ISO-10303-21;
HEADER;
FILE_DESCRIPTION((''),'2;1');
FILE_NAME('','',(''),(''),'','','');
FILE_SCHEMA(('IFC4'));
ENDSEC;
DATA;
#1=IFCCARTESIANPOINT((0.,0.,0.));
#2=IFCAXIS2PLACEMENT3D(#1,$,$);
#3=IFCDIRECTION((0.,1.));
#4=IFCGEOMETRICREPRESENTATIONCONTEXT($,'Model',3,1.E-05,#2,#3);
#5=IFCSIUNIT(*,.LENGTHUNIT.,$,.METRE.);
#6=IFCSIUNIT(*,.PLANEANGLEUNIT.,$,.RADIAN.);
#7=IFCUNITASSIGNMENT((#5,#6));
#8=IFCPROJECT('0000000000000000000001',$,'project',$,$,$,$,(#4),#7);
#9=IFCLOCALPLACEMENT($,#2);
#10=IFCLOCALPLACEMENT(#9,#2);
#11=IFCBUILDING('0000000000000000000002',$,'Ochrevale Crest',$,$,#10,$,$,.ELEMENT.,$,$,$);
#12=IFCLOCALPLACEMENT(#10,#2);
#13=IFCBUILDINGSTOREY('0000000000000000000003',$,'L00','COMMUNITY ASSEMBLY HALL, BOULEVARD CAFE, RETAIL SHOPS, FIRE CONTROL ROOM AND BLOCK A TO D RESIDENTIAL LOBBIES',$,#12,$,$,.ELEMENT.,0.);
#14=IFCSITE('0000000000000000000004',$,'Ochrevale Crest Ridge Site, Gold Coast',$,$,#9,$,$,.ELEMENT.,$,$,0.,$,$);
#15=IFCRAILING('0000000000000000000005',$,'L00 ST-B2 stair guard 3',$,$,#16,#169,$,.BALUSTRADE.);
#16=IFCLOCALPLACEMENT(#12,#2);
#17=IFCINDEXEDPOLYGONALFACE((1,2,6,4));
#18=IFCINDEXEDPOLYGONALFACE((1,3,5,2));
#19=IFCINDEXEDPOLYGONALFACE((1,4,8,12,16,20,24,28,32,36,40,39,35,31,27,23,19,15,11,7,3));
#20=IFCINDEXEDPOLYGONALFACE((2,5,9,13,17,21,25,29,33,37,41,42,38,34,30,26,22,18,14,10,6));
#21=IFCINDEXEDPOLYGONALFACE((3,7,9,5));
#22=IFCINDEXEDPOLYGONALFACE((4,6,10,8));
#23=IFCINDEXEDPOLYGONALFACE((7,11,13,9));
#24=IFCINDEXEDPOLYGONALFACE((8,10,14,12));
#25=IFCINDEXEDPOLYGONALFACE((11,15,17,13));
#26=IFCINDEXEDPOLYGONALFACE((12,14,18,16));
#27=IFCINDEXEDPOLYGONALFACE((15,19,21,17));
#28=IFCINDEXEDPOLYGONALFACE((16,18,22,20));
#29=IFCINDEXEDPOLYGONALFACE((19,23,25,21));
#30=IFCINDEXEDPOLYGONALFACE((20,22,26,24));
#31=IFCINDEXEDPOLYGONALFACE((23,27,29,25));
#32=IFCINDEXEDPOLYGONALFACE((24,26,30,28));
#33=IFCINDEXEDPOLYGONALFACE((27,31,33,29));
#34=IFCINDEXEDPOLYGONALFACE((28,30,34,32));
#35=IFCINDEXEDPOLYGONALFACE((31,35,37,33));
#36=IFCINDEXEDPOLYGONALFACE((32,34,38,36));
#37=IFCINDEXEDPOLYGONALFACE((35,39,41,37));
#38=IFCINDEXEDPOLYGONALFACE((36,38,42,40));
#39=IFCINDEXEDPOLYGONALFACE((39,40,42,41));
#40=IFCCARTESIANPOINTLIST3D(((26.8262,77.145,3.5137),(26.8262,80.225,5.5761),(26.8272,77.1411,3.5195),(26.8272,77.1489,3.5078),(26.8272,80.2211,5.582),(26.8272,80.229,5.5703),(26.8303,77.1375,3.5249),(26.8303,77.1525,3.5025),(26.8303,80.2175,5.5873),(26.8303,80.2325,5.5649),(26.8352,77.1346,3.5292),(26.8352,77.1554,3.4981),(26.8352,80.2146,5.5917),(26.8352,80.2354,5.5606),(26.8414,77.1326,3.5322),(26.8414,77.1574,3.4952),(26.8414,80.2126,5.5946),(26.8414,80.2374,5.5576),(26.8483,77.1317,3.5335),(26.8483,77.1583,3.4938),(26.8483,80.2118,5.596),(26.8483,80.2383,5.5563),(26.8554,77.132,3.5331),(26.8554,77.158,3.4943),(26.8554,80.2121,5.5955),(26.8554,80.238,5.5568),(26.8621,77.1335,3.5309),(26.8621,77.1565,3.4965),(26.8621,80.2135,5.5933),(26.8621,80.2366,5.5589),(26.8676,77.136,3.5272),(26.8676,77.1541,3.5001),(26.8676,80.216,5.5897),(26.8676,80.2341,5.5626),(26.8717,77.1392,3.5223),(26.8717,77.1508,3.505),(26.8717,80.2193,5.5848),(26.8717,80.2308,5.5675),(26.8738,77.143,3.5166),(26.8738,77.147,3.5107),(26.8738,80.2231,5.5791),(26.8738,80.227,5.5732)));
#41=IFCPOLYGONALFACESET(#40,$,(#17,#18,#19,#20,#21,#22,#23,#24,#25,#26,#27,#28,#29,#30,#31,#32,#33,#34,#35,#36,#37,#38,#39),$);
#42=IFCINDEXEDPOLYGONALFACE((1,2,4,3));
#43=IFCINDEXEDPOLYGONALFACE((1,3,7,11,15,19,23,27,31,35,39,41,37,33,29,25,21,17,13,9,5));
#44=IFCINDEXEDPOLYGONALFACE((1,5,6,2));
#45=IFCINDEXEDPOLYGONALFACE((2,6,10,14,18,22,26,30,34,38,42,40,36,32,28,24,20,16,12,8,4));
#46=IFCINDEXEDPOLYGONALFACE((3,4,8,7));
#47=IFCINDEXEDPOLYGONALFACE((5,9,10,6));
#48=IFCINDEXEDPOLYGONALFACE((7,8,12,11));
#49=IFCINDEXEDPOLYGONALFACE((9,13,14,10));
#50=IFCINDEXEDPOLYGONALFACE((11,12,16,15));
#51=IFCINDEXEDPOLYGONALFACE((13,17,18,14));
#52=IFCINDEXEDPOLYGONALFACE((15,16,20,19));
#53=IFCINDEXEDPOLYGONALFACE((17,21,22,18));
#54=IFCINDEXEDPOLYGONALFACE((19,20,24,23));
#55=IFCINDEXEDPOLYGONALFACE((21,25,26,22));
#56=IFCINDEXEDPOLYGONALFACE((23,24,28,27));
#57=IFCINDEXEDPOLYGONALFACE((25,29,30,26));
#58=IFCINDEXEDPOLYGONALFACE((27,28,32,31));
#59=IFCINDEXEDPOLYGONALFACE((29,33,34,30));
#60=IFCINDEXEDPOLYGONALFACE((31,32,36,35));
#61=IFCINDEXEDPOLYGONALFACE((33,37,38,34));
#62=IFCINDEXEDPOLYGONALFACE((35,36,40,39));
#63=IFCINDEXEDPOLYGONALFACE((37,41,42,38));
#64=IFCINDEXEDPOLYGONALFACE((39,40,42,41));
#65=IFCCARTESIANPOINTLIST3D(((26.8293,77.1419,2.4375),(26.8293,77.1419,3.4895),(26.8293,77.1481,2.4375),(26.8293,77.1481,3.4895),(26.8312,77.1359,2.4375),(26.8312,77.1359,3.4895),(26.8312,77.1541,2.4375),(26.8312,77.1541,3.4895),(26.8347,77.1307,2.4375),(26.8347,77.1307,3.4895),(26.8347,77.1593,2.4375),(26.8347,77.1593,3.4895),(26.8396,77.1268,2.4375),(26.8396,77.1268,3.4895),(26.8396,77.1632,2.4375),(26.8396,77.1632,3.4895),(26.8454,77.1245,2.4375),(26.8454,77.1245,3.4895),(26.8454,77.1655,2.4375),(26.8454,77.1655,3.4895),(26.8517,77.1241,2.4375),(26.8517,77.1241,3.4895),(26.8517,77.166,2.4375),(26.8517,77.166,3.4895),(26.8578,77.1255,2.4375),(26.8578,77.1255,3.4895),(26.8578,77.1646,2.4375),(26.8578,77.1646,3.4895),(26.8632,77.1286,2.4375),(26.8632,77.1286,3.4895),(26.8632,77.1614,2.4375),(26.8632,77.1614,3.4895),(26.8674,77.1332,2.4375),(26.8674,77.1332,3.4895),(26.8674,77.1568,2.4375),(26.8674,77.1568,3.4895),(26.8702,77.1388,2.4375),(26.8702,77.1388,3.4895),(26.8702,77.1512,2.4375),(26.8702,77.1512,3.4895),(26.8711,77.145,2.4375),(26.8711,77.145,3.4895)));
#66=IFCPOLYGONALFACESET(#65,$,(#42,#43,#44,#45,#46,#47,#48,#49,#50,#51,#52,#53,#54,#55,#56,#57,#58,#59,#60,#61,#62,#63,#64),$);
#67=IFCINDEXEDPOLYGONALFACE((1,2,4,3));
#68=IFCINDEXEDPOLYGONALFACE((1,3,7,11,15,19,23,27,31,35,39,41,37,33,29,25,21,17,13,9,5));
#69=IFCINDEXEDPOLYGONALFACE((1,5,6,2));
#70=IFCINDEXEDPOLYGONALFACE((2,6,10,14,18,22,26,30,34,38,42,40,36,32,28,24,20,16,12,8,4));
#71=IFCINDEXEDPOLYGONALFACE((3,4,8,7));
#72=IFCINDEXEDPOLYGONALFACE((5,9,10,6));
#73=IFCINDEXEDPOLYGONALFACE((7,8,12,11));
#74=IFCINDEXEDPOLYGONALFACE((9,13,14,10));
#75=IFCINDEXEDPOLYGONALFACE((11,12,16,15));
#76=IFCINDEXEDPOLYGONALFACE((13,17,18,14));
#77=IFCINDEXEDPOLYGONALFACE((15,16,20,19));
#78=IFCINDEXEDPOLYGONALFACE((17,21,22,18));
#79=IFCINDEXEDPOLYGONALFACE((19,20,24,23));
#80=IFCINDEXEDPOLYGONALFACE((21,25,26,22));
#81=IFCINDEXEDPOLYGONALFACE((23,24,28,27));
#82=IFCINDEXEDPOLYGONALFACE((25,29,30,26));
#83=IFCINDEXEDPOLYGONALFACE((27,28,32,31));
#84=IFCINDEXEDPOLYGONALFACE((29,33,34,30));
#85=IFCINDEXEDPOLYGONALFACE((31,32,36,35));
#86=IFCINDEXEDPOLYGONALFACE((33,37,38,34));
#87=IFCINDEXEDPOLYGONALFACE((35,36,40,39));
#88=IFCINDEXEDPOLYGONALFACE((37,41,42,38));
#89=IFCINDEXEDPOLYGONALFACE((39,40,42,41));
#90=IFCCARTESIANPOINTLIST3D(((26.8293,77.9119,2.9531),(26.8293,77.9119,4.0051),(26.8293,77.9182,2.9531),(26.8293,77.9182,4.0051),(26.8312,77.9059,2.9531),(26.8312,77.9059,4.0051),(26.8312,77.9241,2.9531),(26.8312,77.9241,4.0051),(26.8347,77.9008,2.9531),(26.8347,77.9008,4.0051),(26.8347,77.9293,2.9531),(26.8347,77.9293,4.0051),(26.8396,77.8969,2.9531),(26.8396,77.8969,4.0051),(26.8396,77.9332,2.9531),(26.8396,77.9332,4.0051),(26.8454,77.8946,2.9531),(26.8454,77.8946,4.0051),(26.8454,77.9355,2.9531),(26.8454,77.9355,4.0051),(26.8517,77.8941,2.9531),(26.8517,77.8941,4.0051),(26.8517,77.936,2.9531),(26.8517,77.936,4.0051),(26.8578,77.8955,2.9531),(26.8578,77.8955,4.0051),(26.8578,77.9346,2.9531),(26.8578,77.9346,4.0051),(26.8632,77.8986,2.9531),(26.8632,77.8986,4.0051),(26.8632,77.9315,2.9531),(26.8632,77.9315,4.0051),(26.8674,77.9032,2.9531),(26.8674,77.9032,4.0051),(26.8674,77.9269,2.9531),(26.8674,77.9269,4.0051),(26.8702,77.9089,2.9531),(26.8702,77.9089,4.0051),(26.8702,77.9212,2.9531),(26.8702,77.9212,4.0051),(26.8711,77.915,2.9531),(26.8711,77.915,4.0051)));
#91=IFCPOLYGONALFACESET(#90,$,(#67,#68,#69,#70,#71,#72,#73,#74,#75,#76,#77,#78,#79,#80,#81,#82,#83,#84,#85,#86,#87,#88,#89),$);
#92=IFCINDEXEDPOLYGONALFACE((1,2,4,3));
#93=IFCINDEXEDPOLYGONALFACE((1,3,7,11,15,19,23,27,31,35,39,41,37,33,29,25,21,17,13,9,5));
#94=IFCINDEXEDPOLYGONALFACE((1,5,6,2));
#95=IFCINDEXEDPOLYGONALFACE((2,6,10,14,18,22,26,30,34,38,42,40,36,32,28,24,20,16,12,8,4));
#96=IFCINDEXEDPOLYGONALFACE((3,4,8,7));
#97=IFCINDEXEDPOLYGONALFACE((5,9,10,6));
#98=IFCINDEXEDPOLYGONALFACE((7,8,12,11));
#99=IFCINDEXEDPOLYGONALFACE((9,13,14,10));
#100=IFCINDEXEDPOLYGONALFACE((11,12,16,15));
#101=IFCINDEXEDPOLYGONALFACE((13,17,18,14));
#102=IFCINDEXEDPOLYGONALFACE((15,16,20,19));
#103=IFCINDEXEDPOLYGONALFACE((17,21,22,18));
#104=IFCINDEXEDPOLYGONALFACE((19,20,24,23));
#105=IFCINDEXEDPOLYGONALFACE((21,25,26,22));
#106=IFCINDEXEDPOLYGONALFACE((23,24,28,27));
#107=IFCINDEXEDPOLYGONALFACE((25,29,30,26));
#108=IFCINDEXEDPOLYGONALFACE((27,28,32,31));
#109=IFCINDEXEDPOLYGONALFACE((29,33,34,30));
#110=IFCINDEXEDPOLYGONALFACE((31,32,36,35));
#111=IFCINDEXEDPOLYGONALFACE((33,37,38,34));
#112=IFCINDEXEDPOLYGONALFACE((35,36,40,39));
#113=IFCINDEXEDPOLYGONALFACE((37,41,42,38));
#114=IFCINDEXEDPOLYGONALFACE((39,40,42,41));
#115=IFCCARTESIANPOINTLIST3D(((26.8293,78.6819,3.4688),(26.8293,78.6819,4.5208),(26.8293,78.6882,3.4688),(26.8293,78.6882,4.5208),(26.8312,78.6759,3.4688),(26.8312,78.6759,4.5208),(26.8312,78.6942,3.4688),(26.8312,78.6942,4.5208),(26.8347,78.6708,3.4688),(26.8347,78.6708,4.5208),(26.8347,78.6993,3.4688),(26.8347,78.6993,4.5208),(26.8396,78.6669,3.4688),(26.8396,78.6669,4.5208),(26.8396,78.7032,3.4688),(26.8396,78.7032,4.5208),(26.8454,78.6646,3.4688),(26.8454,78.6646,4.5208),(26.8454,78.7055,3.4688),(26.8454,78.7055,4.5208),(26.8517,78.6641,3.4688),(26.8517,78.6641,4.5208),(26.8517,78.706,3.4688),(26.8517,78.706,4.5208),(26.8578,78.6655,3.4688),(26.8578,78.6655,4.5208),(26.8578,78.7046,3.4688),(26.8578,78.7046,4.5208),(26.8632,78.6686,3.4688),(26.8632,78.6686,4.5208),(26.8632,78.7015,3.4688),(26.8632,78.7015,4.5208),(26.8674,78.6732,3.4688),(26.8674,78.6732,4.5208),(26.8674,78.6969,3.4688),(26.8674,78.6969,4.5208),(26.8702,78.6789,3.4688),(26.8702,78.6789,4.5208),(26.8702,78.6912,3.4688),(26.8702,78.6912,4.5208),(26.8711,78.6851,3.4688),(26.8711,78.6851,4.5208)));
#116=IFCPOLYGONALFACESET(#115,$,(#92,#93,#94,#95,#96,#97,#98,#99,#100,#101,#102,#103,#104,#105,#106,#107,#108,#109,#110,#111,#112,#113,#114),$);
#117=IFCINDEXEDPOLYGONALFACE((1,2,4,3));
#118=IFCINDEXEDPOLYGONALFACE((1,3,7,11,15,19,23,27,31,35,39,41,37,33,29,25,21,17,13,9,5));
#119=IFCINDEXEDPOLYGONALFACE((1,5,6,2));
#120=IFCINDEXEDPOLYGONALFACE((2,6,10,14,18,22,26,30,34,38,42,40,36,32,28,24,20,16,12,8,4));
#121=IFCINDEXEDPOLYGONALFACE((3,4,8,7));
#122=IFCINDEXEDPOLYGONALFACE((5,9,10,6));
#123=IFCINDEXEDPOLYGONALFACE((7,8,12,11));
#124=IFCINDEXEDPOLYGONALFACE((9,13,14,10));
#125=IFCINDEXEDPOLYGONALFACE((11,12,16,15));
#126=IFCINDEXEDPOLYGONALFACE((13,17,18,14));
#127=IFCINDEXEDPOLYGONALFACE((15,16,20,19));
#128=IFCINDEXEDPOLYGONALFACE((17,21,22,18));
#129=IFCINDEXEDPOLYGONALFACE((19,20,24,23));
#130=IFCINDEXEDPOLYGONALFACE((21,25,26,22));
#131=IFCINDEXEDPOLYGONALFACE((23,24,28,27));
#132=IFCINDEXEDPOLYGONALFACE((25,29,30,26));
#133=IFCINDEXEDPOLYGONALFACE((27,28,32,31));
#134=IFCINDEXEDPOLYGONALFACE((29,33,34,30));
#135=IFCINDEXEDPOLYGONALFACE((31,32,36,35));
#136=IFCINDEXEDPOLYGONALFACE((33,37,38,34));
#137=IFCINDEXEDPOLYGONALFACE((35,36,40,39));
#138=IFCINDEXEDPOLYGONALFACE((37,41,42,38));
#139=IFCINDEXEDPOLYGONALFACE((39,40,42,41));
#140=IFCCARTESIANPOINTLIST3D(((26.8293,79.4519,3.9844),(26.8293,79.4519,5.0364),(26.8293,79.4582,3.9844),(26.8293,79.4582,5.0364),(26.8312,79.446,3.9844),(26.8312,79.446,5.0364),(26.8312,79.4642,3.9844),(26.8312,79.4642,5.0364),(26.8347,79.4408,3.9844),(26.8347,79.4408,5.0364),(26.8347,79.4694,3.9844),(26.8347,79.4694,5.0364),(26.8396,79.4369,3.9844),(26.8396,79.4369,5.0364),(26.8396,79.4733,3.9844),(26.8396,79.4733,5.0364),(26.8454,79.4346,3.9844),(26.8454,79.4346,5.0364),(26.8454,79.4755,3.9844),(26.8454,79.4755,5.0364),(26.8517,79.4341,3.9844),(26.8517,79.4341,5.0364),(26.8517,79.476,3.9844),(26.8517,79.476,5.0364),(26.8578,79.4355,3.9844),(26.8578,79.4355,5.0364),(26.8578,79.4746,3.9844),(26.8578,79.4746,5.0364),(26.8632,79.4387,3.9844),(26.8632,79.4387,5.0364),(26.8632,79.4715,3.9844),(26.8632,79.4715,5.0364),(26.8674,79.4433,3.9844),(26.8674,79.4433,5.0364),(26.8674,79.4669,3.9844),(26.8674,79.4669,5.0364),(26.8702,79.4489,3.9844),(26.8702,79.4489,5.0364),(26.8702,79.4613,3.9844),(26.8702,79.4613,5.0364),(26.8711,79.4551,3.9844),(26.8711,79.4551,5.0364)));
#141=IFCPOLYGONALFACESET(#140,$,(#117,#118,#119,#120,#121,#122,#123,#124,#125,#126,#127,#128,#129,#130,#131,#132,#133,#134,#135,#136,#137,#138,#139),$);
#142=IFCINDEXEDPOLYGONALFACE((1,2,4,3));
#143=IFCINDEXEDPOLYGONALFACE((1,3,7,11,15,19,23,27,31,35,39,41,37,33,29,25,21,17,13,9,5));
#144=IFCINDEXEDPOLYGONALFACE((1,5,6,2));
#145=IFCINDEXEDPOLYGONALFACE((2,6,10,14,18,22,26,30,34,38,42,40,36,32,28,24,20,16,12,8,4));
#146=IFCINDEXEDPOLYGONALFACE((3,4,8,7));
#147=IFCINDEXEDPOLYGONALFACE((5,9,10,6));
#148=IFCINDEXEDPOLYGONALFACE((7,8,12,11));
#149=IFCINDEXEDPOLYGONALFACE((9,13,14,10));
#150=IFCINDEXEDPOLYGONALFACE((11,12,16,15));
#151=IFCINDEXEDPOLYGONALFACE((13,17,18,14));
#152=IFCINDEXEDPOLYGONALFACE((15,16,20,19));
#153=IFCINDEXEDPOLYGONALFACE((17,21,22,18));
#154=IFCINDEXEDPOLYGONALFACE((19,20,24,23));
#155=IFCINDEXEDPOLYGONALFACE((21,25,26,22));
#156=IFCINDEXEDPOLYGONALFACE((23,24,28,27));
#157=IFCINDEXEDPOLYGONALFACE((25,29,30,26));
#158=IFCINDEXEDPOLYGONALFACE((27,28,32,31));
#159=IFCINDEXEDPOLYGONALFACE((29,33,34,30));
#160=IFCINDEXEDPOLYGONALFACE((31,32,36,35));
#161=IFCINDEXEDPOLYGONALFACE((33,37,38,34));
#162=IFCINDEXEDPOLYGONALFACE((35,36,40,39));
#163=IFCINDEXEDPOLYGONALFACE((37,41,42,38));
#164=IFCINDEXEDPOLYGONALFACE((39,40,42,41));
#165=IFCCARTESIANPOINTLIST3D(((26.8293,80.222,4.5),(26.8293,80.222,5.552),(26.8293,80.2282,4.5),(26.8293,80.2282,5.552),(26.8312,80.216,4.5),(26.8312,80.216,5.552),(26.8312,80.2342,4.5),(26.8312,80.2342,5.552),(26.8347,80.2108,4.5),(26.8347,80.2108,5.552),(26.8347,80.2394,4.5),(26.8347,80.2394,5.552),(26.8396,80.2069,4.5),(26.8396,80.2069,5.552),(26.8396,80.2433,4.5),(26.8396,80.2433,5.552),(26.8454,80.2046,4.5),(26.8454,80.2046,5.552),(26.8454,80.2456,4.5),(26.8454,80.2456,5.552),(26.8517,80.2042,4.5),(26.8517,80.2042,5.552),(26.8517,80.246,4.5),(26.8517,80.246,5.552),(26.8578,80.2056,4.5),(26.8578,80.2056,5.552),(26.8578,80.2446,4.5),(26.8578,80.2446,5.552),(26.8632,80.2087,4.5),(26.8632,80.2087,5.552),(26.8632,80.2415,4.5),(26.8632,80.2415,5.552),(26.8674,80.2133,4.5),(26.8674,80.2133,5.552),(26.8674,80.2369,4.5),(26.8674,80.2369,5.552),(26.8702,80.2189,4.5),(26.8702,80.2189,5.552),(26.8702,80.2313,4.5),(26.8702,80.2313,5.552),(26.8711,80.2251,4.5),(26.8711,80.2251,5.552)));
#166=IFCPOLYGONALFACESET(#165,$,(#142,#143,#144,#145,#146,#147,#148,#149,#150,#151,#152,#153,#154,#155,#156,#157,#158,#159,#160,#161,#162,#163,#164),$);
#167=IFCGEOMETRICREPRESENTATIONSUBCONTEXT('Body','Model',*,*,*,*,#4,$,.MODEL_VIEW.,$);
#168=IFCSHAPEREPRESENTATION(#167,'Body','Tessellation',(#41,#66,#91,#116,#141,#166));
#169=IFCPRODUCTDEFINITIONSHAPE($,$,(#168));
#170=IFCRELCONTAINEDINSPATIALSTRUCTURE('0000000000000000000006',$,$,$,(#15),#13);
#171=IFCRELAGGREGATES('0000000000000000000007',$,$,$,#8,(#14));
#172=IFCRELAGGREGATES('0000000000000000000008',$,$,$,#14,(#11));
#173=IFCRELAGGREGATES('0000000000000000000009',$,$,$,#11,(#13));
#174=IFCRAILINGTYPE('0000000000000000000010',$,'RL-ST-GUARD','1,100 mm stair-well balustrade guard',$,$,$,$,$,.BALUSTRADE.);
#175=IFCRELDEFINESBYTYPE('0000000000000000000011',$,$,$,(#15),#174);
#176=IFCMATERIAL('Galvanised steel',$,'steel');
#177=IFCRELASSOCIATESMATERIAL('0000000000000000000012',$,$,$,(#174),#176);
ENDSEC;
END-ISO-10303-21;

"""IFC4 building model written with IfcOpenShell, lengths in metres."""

from ifc_helpers import new_model, si_unit, direction, frame, origin, origin_2d, place, context, subcontext, project, spatial, circle, extrude, material, type_object, element, save


model = new_model("IFC4")

# Units and contexts
model_context = context("Model", 3, precision=1e-05, world=origin(), true_north=direction((0.0, 1.0)))
body_context = subcontext(model_context, "Body", "Model", "MODEL_VIEW")
ifc_project = project(units=[si_unit("LENGTHUNIT", "METRE"), si_unit("PLANEANGLEUNIT", "RADIAN")], contexts=[model_context])

# Site, building, storey
site_placement = place(None, origin())
site = spatial("IfcSite", under=ifc_project, at=site_placement, Name="Ochrevale Crest Ridge Site, Gold Coast", CompositionType="ELEMENT", RefElevation=0.0)
building_placement = place(site_placement, origin())
building = spatial("IfcBuilding", under=site, at=building_placement, Name="Ochrevale Crest", CompositionType="ELEMENT")
storey_placement = place(building_placement, origin())
storey = spatial("IfcBuildingStorey", under=building, at=storey_placement, Name="L00", Description="COMMUNITY ASSEMBLY HALL, BOULEVARD CAFE, RETAIL SHOPS, FIRE CONTROL ROOM AND BLOCK A TO D RESIDENTIAL LOBBIES", CompositionType="ELEMENT", Elevation=0.0)

# Railing
ifc_material_1 = material(Name="Galvanised steel", Category="steel")
railing_type_1 = type_object("IfcRailingType", Name="RL-ST-GUARD", Description="1,100 mm stair-well balustrade guard", PredefinedType="BALUSTRADE", material=ifc_material_1)
railing_1_placement = place(storey_placement, frame((26.8501, 77.145, 2.4375)))
element("IfcRailing", 1, at=railing_1_placement, inside=storey, type_object=railing_type_1, Name="L00 ST-B2 stair guard 3", PredefinedType="BALUSTRADE", context=body_context, shape_type="SweptSolid", body=[
    extrude(circle(Radius=0.0239, at=origin_2d()), frame((0.0, 0.0, 1.0762), z_axis=(0.0, 0.830914, 0.556401), x_axis=(-1.0, 0.0, 0.0)), (0.0, 0.0, 1.0), 3.7068),
    extrude(circle(Radius=0.021, at=origin_2d()), origin(), (0.0, 0.0, 1.0), 1.052),
    extrude(circle(Radius=0.021, at=origin_2d()), frame((0.0, 0.77, 0.5156)), (0.0, 0.0, 1.0), 1.052),
    extrude(circle(Radius=0.021, at=origin_2d()), frame((0.0, 1.54, 1.0312)), (0.0, 0.0, 1.0), 1.052),
    extrude(circle(Radius=0.021, at=origin_2d()), frame((0.0, 2.3101, 1.5469)), (0.0, 0.0, 1.0), 1.052),
    extrude(circle(Radius=0.021, at=origin_2d()), frame((0.0, 3.0801, 2.0625)), (0.0, 0.0, 1.0), 1.052),
])

save(model, "model.ifc")
